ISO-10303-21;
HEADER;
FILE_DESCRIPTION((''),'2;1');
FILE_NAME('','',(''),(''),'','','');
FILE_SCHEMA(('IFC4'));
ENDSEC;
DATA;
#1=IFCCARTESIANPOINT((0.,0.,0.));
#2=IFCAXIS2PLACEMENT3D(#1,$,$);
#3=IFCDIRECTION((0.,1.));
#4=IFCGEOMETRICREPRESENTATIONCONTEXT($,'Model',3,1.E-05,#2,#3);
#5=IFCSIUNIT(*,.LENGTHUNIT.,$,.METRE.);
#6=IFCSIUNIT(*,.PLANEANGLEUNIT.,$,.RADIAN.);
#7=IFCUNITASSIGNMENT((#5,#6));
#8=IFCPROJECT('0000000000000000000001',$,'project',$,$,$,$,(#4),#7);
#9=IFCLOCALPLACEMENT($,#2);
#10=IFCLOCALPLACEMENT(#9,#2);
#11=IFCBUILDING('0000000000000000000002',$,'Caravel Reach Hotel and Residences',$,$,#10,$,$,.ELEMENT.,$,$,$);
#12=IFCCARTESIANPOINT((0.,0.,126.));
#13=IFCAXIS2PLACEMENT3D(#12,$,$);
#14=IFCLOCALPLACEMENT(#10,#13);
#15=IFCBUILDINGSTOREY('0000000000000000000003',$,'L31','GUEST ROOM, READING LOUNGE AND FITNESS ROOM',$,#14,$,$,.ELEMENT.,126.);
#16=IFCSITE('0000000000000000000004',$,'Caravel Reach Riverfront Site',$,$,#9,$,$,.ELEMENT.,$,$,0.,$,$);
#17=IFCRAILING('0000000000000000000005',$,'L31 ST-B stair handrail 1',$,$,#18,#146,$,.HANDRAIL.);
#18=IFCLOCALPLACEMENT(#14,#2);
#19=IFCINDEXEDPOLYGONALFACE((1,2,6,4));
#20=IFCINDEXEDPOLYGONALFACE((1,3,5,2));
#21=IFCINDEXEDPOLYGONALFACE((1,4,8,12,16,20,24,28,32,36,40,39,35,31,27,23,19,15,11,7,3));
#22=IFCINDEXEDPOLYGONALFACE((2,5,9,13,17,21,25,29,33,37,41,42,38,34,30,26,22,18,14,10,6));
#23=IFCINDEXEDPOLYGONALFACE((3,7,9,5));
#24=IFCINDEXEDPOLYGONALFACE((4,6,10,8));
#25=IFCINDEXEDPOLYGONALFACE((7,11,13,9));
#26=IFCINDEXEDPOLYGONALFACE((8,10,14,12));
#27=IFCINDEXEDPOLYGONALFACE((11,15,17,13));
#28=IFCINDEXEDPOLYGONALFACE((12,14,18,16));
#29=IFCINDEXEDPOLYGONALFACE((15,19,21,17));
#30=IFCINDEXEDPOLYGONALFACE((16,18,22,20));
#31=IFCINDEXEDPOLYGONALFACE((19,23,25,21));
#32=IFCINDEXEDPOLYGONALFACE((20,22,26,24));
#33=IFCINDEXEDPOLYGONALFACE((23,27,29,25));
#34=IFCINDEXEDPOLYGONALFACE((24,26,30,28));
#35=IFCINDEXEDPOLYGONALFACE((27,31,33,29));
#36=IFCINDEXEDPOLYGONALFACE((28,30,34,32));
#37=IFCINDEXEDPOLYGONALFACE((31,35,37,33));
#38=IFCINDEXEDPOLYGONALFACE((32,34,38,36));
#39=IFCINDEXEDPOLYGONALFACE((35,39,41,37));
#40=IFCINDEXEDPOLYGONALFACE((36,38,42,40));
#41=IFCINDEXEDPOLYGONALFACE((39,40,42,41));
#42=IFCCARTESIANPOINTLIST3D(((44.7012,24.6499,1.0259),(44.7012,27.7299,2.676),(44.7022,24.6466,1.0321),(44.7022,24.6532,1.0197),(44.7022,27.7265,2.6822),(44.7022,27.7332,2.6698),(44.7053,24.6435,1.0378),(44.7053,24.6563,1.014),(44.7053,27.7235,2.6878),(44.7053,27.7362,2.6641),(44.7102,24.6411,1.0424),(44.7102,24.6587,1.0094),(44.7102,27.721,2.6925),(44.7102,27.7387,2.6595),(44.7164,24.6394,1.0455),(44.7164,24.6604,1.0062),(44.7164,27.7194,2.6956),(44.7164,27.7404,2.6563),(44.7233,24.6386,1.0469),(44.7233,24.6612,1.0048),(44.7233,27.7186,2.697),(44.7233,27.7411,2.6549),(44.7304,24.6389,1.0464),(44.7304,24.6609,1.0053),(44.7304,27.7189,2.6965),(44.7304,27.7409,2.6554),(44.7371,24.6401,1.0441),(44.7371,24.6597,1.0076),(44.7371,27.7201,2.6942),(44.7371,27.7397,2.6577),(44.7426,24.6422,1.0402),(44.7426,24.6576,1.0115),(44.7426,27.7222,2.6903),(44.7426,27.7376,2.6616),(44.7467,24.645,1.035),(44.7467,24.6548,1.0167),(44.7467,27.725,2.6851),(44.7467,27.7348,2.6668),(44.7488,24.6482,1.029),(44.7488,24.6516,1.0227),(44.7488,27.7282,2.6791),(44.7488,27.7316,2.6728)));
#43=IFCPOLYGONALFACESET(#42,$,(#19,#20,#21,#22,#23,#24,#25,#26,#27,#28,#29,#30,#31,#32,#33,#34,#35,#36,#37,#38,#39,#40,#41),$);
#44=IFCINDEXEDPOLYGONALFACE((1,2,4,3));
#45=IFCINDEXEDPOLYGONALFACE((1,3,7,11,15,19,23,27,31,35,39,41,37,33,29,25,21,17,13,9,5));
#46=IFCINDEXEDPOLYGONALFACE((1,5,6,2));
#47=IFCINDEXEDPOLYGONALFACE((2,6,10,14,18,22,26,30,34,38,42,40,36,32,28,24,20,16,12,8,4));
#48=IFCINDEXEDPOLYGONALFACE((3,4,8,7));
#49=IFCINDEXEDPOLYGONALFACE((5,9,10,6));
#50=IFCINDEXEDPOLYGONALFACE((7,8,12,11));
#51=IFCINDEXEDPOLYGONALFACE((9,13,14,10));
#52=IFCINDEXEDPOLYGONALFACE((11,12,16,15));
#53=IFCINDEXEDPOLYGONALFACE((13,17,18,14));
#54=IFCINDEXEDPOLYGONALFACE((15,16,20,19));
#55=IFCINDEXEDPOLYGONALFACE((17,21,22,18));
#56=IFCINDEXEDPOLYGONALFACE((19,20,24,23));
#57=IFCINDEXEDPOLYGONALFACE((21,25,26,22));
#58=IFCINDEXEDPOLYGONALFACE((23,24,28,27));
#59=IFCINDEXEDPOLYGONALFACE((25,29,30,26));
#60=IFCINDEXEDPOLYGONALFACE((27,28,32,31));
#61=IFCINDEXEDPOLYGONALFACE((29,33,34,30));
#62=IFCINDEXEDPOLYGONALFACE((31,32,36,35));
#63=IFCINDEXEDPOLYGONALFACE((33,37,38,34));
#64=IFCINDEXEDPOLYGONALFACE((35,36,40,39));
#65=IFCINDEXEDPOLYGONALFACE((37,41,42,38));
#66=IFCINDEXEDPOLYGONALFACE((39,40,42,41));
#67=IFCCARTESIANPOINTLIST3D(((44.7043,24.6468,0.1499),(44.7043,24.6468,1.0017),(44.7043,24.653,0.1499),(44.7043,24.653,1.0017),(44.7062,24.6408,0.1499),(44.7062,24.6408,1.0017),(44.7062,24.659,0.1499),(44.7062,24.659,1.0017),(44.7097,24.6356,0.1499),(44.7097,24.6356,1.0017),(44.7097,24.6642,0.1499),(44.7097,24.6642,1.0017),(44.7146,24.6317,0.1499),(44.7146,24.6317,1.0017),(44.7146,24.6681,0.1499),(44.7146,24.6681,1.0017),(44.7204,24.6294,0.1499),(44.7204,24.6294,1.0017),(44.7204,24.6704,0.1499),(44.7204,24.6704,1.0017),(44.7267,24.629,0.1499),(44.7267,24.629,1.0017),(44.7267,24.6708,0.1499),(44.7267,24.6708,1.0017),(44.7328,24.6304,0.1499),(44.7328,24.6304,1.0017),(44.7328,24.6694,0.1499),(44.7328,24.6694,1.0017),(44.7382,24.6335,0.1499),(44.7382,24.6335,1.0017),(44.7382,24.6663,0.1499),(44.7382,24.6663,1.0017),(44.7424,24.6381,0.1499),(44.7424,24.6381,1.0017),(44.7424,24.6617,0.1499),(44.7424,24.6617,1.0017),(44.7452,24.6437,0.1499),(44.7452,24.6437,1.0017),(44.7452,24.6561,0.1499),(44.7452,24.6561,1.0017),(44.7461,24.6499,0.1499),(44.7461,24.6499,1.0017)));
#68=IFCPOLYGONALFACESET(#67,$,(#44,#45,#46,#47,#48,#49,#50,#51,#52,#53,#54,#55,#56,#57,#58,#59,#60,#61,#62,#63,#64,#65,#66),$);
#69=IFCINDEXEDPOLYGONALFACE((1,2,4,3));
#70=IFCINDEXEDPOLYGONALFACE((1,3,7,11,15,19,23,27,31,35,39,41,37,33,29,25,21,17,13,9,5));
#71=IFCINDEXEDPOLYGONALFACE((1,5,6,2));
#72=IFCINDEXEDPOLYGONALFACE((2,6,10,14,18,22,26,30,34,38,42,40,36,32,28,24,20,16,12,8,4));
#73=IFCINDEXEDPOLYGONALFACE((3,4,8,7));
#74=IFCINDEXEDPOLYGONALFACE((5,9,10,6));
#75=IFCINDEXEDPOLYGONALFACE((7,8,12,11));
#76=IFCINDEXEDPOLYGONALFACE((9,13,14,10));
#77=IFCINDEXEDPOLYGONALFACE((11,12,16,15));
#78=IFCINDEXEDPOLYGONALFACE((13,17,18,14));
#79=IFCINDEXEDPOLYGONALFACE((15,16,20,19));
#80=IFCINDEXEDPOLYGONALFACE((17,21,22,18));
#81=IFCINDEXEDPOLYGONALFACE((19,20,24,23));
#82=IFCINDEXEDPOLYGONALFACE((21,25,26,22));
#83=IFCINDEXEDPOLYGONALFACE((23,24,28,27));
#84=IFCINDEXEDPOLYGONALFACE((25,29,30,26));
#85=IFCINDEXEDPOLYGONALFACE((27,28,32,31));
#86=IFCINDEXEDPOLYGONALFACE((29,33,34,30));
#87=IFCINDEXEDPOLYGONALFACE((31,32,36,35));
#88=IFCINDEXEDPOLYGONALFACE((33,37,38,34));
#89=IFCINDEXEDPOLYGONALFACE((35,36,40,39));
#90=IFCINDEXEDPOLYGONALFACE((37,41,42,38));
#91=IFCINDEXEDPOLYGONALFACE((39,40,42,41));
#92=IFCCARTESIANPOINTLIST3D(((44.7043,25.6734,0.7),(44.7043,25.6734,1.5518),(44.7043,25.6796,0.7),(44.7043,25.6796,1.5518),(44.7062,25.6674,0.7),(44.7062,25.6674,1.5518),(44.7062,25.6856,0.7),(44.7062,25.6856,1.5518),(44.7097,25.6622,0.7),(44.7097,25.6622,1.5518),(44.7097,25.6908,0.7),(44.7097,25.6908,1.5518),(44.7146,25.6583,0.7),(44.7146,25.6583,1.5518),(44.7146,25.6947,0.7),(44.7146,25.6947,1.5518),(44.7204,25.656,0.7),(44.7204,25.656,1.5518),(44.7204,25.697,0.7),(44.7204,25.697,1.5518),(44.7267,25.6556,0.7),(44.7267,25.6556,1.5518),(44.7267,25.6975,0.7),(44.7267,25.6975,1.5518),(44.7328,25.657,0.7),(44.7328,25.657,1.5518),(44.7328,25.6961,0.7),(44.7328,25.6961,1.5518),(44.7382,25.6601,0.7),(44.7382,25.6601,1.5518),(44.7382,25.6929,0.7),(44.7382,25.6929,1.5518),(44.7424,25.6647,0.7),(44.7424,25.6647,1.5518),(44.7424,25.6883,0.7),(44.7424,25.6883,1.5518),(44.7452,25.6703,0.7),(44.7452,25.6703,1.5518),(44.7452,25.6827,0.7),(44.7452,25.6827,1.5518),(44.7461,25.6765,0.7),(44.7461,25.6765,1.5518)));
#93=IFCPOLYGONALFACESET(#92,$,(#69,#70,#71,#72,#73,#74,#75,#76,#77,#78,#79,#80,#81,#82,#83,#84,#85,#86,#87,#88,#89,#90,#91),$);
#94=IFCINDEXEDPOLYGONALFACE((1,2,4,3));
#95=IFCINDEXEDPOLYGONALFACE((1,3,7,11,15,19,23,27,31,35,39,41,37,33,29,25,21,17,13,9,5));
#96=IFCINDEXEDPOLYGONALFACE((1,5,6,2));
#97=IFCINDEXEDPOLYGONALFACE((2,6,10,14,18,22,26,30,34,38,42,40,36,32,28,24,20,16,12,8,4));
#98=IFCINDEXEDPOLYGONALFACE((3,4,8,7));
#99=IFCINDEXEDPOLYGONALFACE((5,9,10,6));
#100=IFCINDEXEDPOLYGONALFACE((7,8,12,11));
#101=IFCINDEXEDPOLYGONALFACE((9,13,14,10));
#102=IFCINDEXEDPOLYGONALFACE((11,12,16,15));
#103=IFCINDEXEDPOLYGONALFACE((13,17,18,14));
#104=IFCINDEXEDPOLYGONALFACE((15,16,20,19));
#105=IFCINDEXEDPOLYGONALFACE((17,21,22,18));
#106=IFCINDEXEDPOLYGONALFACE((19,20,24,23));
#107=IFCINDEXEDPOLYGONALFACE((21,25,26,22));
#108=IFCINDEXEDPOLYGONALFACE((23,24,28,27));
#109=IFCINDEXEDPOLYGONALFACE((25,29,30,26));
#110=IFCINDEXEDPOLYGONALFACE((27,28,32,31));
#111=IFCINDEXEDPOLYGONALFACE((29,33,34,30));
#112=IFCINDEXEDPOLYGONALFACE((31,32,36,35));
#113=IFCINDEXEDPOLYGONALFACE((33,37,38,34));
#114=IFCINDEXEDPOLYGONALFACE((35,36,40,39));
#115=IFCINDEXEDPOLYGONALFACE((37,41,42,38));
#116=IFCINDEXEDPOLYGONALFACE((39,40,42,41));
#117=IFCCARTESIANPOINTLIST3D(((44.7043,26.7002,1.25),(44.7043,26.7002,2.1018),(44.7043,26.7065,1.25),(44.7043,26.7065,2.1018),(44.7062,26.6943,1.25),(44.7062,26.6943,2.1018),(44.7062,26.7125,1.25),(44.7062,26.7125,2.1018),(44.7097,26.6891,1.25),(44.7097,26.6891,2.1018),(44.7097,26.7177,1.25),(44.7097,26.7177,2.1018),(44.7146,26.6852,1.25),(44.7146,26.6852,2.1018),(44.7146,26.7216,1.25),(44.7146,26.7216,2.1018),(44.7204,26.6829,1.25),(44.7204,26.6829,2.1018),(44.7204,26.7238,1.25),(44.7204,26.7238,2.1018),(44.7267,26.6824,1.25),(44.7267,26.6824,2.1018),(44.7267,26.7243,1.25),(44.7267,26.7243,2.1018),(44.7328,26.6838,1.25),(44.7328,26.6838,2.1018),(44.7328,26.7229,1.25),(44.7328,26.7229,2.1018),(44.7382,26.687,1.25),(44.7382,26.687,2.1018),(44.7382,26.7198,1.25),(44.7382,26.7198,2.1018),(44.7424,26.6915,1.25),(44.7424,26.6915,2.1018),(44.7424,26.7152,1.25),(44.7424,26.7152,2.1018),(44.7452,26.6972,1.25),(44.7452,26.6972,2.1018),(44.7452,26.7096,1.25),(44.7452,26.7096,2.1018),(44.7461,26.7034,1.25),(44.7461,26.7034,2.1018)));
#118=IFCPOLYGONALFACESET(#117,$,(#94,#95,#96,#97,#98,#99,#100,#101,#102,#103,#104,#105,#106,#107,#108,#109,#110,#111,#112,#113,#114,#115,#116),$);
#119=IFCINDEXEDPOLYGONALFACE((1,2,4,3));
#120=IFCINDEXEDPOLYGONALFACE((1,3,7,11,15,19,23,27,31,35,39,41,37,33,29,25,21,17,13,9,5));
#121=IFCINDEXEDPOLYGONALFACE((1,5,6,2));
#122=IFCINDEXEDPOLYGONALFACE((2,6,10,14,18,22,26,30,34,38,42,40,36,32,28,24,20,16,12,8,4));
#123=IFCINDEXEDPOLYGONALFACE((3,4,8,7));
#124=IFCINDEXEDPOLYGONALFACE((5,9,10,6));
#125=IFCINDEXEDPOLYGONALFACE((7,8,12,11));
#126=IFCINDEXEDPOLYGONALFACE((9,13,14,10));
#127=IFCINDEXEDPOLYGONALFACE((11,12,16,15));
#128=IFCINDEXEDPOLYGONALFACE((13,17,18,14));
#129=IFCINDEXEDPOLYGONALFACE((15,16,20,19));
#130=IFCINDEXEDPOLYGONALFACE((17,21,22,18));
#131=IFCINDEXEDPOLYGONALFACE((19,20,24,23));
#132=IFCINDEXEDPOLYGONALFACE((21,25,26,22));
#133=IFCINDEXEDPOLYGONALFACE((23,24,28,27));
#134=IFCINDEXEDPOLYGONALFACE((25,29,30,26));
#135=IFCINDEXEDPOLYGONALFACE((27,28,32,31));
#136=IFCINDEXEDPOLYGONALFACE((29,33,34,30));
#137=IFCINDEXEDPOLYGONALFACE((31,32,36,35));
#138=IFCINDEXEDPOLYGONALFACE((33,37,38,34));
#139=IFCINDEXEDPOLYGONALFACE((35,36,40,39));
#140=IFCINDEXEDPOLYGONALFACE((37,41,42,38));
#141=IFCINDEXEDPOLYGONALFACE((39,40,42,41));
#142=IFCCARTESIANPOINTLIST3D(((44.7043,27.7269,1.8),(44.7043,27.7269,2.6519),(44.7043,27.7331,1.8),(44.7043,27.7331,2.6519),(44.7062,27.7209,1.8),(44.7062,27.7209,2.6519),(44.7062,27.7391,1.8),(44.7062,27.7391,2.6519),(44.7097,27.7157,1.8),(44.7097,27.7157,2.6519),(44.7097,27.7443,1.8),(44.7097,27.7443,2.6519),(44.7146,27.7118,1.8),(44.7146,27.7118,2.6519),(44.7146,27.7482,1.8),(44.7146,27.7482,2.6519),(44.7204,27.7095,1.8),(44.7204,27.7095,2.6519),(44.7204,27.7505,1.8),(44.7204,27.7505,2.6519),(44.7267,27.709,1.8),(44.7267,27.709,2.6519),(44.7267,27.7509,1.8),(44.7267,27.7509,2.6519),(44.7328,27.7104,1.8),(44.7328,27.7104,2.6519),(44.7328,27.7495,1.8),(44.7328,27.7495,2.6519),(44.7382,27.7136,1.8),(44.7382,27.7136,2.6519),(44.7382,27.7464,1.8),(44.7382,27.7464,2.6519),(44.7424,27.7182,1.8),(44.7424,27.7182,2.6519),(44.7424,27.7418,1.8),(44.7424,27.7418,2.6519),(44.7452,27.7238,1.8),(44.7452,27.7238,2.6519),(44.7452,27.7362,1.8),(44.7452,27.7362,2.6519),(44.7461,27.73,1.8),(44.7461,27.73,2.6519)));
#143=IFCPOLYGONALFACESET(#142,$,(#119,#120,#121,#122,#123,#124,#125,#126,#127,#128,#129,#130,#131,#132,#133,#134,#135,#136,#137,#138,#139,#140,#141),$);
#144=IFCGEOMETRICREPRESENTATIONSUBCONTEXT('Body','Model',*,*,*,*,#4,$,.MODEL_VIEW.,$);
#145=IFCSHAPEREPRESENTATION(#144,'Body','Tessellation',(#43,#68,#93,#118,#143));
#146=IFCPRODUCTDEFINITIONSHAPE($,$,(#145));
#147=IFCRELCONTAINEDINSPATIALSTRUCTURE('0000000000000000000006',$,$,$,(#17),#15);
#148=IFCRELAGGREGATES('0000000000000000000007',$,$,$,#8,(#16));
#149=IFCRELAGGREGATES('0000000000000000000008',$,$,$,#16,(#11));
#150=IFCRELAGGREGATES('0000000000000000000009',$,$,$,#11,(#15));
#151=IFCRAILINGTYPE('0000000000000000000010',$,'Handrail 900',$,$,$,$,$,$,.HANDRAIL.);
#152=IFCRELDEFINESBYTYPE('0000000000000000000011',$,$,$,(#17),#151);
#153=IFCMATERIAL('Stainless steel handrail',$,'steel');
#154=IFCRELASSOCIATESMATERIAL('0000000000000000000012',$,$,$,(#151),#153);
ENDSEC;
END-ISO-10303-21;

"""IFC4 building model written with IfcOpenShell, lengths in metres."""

from ifc_helpers import new_model, si_unit, direction, frame, origin, origin_2d, place, context, subcontext, project, spatial, circle, extrude, material, type_object, element, save


model = new_model("IFC4")

# Units and contexts
model_context = context("Model", 3, precision=1e-05, world=origin(), true_north=direction((0.0, 1.0)))
body_context = subcontext(model_context, "Body", "Model", "MODEL_VIEW")
ifc_project = project(units=[si_unit("LENGTHUNIT", "METRE"), si_unit("PLANEANGLEUNIT", "RADIAN")], contexts=[model_context])

# Site, building, storey
site_placement = place(None, origin())
site = spatial("IfcSite", under=ifc_project, at=site_placement, Name="Caravel Reach Riverfront Site", CompositionType="ELEMENT", RefElevation=0.0)
building_placement = place(site_placement, origin())
building = spatial("IfcBuilding", under=site, at=building_placement, Name="Caravel Reach Hotel and Residences", CompositionType="ELEMENT")
storey_placement = place(building_placement, frame((0.0, 0.0, 126.0)))
storey = spatial("IfcBuildingStorey", under=building, at=storey_placement, Name="L31", Description="GUEST ROOM, READING LOUNGE AND FITNESS ROOM", CompositionType="ELEMENT", Elevation=126.0)

# Railing
ifc_material_1 = material(Name="Stainless steel handrail", Category="steel")
railing_type_1 = type_object("IfcRailingType", Name="Handrail 900", PredefinedType="HANDRAIL", material=ifc_material_1)
railing_1_placement = place(storey_placement, frame((44.7251, 24.6499, 0.1499)))
element("IfcRailing", 1, at=railing_1_placement, inside=storey, type_object=railing_type_1, Name="L31 ST-B stair handrail 1", PredefinedType="HANDRAIL", context=body_context, shape_type="SweptSolid", body=[
    extrude(circle(Radius=0.0239, at=origin_2d()), frame((0.0, 0.0, 0.876), z_axis=(0.0, 0.881468, 0.472245), x_axis=(-1.0, 0.0, 0.0)), (0.0, 0.0, 1.0), 3.4941),
    extrude(circle(Radius=0.021, at=origin_2d()), origin(), (0.0, 0.0, 1.0), 0.8518),
    extrude(circle(Radius=0.021, at=origin_2d()), frame((0.0, 1.0266, 0.55)), (0.0, 0.0, 1.0), 0.8518),
    extrude(circle(Radius=0.021, at=origin_2d()), frame((0.0, 2.0535, 1.1001)), (0.0, 0.0, 1.0), 0.8518),
    extrude(circle(Radius=0.021, at=origin_2d()), frame((0.0, 3.0801, 1.6501)), (0.0, 0.0, 1.0), 0.8518),
])

save(model, "model.ifc")
